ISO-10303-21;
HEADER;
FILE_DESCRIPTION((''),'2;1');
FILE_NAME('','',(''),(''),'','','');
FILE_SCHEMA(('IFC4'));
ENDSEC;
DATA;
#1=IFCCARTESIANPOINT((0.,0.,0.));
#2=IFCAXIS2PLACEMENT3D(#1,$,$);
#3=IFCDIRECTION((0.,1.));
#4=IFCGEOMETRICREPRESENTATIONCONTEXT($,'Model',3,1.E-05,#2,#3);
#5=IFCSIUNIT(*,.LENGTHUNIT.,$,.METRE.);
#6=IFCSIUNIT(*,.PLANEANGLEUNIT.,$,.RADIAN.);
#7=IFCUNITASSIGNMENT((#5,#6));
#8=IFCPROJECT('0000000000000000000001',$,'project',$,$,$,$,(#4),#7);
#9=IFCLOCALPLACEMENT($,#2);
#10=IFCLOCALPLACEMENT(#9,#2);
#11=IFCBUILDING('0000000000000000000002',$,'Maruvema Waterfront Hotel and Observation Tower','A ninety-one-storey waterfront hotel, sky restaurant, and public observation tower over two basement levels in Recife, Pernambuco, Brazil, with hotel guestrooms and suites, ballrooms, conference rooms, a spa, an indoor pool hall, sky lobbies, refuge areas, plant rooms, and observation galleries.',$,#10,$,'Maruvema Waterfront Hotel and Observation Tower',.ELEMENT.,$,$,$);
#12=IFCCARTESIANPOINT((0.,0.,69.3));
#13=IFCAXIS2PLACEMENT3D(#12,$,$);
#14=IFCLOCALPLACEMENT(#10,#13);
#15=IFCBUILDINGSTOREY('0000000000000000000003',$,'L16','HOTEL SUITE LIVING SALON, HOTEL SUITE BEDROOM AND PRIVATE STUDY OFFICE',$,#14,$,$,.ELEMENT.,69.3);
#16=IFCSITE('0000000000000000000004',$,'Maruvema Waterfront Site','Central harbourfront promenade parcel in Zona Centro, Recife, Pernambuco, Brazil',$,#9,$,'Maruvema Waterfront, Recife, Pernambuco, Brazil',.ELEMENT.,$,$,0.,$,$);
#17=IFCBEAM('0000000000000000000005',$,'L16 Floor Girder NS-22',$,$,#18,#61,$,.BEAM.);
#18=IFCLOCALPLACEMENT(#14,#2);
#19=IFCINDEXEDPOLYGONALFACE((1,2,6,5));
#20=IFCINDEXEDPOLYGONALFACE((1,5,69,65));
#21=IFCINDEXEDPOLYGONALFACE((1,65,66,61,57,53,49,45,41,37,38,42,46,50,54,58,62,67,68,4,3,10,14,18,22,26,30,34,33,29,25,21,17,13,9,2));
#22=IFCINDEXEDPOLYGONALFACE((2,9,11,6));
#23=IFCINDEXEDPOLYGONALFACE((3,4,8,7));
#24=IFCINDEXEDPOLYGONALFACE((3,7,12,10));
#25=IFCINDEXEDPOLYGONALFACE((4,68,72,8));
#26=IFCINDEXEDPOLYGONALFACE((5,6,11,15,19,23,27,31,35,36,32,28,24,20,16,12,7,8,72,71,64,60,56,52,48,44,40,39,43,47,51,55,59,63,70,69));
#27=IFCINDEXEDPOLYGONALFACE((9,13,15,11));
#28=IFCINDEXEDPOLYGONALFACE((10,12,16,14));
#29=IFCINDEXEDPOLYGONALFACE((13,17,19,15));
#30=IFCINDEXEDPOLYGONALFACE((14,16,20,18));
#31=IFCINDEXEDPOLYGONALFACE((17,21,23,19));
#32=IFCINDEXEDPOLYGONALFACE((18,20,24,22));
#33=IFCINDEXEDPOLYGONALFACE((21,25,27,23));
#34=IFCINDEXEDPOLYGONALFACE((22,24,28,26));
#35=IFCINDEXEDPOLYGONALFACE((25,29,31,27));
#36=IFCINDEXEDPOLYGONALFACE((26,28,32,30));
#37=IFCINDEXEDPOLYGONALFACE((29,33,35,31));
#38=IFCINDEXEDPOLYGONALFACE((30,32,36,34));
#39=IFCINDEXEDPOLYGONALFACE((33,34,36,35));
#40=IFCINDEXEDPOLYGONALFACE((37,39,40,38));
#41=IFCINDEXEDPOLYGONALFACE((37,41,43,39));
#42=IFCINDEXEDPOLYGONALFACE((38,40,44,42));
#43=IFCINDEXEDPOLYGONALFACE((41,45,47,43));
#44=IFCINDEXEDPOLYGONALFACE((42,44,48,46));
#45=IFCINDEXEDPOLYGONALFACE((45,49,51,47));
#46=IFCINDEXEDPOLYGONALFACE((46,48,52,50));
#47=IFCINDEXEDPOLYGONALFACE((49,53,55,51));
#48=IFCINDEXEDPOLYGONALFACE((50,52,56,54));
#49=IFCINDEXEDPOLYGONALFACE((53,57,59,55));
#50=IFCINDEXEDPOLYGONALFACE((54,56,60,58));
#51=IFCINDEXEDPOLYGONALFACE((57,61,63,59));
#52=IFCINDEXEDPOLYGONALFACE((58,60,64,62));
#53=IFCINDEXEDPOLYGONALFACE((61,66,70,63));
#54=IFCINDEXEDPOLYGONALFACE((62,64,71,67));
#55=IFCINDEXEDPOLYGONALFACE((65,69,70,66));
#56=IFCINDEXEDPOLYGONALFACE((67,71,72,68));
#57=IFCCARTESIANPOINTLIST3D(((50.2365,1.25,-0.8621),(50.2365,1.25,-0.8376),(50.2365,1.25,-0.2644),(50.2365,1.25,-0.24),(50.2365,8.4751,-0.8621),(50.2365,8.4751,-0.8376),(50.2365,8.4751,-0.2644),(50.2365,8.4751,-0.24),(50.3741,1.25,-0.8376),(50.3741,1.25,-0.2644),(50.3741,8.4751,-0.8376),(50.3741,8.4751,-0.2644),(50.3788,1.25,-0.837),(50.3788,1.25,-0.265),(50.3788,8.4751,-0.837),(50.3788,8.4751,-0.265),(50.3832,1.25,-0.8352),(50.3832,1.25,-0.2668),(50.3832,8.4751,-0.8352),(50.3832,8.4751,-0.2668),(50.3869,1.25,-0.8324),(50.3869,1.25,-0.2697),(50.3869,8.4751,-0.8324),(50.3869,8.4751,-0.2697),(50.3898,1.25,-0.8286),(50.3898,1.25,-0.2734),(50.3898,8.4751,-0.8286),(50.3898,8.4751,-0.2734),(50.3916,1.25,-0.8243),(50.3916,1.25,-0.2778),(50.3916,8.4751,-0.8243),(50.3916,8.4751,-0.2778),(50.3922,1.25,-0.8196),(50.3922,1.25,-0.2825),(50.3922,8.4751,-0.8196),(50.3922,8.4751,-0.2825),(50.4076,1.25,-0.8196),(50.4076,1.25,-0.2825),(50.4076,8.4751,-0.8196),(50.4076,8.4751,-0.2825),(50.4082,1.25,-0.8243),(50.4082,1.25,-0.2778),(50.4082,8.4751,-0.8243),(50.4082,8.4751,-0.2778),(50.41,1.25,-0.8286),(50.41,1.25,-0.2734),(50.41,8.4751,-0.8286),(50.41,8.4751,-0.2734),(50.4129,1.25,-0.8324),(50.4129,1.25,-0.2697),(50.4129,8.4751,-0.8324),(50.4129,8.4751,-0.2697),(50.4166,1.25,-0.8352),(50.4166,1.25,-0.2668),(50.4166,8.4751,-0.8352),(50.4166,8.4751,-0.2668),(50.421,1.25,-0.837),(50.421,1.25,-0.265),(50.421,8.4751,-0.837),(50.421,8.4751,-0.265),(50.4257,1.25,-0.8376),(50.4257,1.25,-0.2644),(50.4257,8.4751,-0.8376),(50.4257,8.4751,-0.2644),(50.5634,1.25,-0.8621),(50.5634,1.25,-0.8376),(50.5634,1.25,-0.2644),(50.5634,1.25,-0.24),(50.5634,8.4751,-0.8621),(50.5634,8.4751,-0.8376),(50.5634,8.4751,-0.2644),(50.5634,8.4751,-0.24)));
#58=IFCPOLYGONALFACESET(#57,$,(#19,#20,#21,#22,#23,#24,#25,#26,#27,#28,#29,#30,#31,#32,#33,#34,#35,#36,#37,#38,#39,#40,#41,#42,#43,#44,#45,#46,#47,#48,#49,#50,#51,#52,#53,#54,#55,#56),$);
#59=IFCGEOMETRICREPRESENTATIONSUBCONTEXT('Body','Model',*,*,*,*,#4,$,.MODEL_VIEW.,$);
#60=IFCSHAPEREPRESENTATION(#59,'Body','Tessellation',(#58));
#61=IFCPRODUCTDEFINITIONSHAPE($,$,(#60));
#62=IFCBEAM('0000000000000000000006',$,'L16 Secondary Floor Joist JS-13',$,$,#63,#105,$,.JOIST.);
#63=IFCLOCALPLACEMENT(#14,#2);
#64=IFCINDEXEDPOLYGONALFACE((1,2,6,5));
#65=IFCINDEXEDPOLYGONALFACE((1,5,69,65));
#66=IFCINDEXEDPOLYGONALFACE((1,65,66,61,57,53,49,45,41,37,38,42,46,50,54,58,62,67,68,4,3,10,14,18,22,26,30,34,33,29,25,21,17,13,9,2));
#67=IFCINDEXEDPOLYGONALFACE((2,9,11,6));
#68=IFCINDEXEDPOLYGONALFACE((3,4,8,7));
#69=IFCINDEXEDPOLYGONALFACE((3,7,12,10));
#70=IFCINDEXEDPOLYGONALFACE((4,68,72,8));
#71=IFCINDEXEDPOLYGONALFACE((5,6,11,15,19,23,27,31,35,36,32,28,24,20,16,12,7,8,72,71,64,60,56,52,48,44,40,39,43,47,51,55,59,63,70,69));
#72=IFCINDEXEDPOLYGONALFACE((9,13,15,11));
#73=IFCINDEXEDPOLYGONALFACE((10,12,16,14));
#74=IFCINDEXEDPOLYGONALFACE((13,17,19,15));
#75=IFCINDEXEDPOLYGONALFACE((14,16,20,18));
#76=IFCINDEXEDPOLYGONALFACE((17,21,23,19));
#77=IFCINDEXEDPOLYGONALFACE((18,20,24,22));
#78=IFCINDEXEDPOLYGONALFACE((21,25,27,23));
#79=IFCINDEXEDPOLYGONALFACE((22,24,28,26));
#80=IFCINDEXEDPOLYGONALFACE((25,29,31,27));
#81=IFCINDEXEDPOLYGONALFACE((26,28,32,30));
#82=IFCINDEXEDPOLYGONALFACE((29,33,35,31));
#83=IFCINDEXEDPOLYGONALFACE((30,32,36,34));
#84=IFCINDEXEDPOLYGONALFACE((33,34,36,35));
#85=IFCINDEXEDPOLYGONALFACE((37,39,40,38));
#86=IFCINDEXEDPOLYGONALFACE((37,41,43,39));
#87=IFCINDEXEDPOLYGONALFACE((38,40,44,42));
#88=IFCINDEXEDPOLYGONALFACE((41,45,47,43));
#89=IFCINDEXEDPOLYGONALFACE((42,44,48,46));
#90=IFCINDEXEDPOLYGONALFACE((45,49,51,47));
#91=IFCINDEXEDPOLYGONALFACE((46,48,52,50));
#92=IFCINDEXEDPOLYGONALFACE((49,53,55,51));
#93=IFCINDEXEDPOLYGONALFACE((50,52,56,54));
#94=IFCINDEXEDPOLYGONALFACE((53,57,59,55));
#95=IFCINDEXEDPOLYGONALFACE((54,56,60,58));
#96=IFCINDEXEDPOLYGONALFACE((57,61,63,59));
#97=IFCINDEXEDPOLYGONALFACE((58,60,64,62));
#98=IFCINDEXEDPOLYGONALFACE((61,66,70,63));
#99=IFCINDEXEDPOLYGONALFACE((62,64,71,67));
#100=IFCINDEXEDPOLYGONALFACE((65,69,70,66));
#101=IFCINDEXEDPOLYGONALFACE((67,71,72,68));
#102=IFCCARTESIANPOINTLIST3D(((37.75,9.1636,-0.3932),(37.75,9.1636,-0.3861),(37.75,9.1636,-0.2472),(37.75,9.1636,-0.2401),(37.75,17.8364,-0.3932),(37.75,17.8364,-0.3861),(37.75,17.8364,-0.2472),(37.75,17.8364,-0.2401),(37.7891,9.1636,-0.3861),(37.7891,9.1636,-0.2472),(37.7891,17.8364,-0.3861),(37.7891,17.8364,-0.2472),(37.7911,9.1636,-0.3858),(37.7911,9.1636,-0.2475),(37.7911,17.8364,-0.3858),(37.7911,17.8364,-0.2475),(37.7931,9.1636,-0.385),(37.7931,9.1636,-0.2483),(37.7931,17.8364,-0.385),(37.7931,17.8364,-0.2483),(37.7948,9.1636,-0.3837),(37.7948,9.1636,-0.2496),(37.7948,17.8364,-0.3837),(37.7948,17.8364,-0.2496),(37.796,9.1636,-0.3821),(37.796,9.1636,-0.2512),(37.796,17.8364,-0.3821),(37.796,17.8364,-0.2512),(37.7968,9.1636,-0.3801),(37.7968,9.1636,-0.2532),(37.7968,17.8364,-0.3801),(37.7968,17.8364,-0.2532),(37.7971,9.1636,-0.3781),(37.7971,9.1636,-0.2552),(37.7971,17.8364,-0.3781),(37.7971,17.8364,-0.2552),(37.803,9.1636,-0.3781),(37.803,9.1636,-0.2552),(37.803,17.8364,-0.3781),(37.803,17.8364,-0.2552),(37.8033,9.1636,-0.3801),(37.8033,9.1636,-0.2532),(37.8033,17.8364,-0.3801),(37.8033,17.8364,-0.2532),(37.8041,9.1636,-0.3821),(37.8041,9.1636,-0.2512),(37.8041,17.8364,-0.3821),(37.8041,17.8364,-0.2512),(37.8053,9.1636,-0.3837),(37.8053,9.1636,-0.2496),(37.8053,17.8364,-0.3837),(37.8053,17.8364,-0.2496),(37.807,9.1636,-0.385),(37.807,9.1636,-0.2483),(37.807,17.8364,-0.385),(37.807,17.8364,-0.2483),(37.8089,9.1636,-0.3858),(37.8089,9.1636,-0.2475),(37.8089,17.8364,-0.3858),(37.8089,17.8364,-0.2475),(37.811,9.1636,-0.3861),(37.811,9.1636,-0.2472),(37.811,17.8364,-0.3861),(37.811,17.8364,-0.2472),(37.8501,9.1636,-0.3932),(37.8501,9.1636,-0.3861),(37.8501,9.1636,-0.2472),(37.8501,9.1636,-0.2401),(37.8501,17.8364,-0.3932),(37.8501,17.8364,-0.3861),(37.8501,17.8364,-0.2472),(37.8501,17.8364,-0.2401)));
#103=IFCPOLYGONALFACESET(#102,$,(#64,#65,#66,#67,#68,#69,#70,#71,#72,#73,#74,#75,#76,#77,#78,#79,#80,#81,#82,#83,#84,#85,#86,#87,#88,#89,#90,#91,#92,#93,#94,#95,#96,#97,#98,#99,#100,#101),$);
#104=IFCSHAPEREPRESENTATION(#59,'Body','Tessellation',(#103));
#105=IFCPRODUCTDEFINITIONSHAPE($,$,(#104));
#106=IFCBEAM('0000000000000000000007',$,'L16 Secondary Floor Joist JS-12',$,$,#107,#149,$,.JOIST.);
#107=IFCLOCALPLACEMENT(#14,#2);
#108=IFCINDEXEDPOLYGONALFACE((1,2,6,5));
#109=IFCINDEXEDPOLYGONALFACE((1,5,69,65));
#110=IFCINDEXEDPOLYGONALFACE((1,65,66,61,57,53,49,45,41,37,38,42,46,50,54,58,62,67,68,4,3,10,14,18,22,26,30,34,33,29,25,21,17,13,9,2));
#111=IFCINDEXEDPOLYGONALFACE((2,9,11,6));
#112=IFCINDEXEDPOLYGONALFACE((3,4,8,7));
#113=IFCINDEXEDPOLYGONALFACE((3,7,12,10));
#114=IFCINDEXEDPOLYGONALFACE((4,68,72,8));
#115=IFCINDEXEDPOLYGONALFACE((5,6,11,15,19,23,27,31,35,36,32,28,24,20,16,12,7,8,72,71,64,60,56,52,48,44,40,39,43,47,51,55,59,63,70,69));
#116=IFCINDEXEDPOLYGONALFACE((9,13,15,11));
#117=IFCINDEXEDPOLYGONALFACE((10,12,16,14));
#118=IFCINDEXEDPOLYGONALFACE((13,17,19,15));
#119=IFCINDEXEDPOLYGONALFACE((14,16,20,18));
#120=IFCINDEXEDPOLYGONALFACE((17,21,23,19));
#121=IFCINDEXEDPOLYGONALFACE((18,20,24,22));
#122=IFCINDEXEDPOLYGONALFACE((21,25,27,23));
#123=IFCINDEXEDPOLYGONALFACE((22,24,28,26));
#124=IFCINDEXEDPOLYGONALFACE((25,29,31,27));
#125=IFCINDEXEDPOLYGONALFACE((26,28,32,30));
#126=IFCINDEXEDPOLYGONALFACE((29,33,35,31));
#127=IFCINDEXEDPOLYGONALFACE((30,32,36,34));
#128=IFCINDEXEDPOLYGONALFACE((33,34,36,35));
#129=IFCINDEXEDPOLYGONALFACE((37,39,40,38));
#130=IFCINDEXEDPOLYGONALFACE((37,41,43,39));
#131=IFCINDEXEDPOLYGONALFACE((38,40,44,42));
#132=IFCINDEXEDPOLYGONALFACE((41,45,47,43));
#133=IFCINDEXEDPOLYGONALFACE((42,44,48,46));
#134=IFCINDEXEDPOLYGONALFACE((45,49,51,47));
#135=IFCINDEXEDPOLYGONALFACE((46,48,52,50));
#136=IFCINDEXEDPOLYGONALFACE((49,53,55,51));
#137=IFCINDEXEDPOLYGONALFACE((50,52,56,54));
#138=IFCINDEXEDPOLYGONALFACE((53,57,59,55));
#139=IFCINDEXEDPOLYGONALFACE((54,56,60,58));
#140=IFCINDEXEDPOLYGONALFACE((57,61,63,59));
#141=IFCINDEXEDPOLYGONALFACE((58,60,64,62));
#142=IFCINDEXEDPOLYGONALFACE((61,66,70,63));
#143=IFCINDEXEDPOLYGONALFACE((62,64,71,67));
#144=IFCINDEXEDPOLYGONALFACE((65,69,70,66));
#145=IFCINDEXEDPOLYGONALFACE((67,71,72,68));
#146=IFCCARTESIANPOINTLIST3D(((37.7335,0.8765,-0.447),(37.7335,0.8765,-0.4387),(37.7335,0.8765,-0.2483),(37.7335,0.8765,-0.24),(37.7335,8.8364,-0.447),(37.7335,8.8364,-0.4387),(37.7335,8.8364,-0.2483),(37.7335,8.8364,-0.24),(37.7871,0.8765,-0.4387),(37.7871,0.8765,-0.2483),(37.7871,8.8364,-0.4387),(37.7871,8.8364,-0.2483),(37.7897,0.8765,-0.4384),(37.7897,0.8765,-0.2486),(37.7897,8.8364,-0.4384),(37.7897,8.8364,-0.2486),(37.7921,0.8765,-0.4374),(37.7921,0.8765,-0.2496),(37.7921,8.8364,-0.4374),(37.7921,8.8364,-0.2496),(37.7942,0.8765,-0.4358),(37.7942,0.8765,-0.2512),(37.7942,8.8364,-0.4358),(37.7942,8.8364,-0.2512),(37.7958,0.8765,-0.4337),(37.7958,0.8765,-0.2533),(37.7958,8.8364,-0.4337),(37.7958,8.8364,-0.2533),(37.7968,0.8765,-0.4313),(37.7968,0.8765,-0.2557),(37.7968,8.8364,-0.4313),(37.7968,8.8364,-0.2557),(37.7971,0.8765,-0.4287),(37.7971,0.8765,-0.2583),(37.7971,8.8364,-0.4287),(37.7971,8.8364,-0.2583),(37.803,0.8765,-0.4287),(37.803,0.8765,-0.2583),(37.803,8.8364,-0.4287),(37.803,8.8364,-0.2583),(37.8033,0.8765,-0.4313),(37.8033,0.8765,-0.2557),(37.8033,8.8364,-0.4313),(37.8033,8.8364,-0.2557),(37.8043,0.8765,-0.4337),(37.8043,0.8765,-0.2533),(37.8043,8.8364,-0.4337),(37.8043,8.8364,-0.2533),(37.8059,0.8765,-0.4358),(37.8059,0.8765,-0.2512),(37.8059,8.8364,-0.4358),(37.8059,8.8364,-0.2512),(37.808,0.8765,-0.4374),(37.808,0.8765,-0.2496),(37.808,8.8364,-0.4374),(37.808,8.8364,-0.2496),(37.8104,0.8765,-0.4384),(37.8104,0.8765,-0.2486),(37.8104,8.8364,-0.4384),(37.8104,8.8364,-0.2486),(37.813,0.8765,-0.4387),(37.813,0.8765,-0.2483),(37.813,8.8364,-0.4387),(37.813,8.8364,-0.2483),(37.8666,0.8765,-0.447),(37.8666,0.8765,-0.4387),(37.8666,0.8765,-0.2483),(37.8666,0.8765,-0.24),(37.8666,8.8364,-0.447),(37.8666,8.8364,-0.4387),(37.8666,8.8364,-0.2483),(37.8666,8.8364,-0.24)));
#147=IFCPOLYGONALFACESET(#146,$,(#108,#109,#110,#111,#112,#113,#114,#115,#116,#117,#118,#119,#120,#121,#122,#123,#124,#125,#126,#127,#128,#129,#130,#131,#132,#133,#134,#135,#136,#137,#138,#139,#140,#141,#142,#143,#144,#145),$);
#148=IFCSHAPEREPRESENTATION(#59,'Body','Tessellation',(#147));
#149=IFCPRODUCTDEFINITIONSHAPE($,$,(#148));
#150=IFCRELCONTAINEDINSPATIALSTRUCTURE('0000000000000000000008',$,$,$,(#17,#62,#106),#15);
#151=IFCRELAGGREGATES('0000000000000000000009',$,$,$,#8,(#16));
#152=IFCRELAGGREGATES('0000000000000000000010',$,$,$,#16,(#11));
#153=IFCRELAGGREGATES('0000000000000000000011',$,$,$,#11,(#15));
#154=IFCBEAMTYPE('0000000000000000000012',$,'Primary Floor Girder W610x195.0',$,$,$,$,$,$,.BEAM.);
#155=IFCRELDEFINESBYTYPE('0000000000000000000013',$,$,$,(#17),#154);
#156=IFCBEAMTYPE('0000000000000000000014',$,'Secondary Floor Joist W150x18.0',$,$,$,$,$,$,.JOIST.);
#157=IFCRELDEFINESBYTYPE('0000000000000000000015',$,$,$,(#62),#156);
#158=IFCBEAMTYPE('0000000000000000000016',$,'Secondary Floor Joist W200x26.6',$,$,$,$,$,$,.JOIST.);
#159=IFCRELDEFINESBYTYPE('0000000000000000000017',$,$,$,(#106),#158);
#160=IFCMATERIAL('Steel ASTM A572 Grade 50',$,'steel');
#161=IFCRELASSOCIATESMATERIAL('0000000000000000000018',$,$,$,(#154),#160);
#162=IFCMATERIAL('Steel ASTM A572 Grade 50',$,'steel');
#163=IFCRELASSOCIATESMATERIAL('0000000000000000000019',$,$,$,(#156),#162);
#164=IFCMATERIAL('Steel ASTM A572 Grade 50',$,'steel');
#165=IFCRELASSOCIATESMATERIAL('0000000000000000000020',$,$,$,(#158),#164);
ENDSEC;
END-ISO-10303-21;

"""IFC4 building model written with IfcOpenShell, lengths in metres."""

from ifc_helpers import new_model, si_unit, direction, frame, origin, origin_2d, place, context, subcontext, project, spatial, i_section, extrude, material, material_profile, profile_set, type_object, element, save


model = new_model("IFC4")

# Units and contexts
model_context = context("Model", 3, precision=1e-05, world=origin(), true_north=direction((0.0, 1.0)))
body_context = subcontext(model_context, "Body", "Model", "MODEL_VIEW")
ifc_project = project(units=[si_unit("LENGTHUNIT", "METRE"), si_unit("PLANEANGLEUNIT", "RADIAN")], contexts=[model_context])

# Site, building, storey
site_placement = place(None, origin())
site = spatial("IfcSite", under=ifc_project, at=site_placement, Name="Maruvema Waterfront Site", Description="Central harbourfront promenade parcel in Zona Centro, Recife, Pernambuco, Brazil", LongName="Maruvema Waterfront, Recife, Pernambuco, Brazil", CompositionType="ELEMENT", RefElevation=0.0)
building_placement = place(site_placement, origin())
building = spatial("IfcBuilding", under=site, at=building_placement, Name="Maruvema Waterfront Hotel and Observation Tower", Description="A ninety-one-storey waterfront hotel, sky restaurant, and public observation tower over two basement levels in Recife, Pernambuco, Brazil, with hotel guestrooms and suites, ballrooms, conference rooms, a spa, an indoor pool hall, sky lobbies, refuge areas, plant rooms, and observation galleries.", LongName="Maruvema Waterfront Hotel and Observation Tower", CompositionType="ELEMENT")
storey_placement = place(building_placement, frame((0.0, 0.0, 69.3)))
storey = spatial("IfcBuildingStorey", under=building, at=storey_placement, Name="L16", Description="HOTEL SUITE LIVING SALON, HOTEL SUITE BEDROOM AND PRIVATE STUDY OFFICE", CompositionType="ELEMENT", Elevation=69.3)

# Beams
ifc_material_1 = material(Name="Steel ASTM A572 Grade 50", Category="steel")
ifc_material_profile_1 = material_profile(ifc_material_1, i_section(OverallWidth=0.3269, OverallDepth=0.6221, WebThickness=0.0154, FlangeThickness=0.0244, FilletRadius=0.0181, at=origin_2d()), Name="W610x195.0")
ifc_profile_set_1 = profile_set([ifc_material_profile_1], Name="Steel ASTM A572 Grade 50")
beam_type_1 = type_object("IfcBeamType", Name="Primary Floor Girder W610x195.0", PredefinedType="BEAM", material=ifc_profile_set_1)
beam_1_placement = place(storey_placement, frame((50.3999, 1.25, -0.551), z_axis=(0.0, 1.0, 0.0), x_axis=(-1.0, 0.0, 0.0)))
element("IfcBeam", 1, at=beam_1_placement, inside=storey, type_object=beam_type_1, Name="L16 Floor Girder NS-22", PredefinedType="BEAM", context=body_context, shape_type="SweptSolid", body=[
    extrude(i_section(OverallWidth=0.3269, OverallDepth=0.6221, WebThickness=0.0154, FlangeThickness=0.0244, FilletRadius=0.0181, at=origin_2d()), origin(), (0.0, 0.0, 1.0), 7.2251),
])
ifc_material_2 = material(Name="Steel ASTM A572 Grade 50", Category="steel")
ifc_material_profile_2 = material_profile(ifc_material_2, i_section(OverallWidth=0.1001, OverallDepth=0.1531, WebThickness=0.0059, FlangeThickness=0.0071, FilletRadius=0.0081, at=origin_2d()), Name="W150x18.0")
ifc_profile_set_2 = profile_set([ifc_material_profile_2], Name="Steel ASTM A572 Grade 50")
beam_type_2 = type_object("IfcBeamType", Name="Secondary Floor Joist W150x18.0", PredefinedType="JOIST", material=ifc_profile_set_2)
beam_2_placement = place(storey_placement, frame((37.8, 9.1636, -0.3167), z_axis=(0.0, 1.0, 0.0), x_axis=(-1.0, 0.0, 0.0)))
element("IfcBeam", 2, at=beam_2_placement, inside=storey, type_object=beam_type_2, Name="L16 Secondary Floor Joist JS-13", PredefinedType="JOIST", context=body_context, shape_type="SweptSolid", body=[
    extrude(i_section(OverallWidth=0.1001, OverallDepth=0.1531, WebThickness=0.0059, FlangeThickness=0.0071, FilletRadius=0.0081, at=origin_2d()), origin(), (0.0, 0.0, 1.0), 8.6729),
])
ifc_material_3 = material(Name="Steel ASTM A572 Grade 50", Category="steel")
ifc_material_profile_3 = material_profile(ifc_material_3, i_section(OverallWidth=0.1331, OverallDepth=0.207, WebThickness=0.0059, FlangeThickness=0.0083, FilletRadius=0.01, at=origin_2d()), Name="W200x26.6")
ifc_profile_set_3 = profile_set([ifc_material_profile_3], Name="Steel ASTM A572 Grade 50")
beam_type_3 = type_object("IfcBeamType", Name="Secondary Floor Joist W200x26.6", PredefinedType="JOIST", material=ifc_profile_set_3)
beam_3_placement = place(storey_placement, frame((37.8, 0.8765, -0.3435), z_axis=(0.0, 1.0, 0.0), x_axis=(-1.0, 0.0, 0.0)))
element("IfcBeam", 3, at=beam_3_placement, inside=storey, type_object=beam_type_3, Name="L16 Secondary Floor Joist JS-12", PredefinedType="JOIST", context=body_context, shape_type="SweptSolid", body=[
    extrude(i_section(OverallWidth=0.1331, OverallDepth=0.207, WebThickness=0.0059, FlangeThickness=0.0083, FilletRadius=0.01, at=origin_2d()), origin(), (0.0, 0.0, 1.0), 7.96),
])

save(model, "model.ifc")
